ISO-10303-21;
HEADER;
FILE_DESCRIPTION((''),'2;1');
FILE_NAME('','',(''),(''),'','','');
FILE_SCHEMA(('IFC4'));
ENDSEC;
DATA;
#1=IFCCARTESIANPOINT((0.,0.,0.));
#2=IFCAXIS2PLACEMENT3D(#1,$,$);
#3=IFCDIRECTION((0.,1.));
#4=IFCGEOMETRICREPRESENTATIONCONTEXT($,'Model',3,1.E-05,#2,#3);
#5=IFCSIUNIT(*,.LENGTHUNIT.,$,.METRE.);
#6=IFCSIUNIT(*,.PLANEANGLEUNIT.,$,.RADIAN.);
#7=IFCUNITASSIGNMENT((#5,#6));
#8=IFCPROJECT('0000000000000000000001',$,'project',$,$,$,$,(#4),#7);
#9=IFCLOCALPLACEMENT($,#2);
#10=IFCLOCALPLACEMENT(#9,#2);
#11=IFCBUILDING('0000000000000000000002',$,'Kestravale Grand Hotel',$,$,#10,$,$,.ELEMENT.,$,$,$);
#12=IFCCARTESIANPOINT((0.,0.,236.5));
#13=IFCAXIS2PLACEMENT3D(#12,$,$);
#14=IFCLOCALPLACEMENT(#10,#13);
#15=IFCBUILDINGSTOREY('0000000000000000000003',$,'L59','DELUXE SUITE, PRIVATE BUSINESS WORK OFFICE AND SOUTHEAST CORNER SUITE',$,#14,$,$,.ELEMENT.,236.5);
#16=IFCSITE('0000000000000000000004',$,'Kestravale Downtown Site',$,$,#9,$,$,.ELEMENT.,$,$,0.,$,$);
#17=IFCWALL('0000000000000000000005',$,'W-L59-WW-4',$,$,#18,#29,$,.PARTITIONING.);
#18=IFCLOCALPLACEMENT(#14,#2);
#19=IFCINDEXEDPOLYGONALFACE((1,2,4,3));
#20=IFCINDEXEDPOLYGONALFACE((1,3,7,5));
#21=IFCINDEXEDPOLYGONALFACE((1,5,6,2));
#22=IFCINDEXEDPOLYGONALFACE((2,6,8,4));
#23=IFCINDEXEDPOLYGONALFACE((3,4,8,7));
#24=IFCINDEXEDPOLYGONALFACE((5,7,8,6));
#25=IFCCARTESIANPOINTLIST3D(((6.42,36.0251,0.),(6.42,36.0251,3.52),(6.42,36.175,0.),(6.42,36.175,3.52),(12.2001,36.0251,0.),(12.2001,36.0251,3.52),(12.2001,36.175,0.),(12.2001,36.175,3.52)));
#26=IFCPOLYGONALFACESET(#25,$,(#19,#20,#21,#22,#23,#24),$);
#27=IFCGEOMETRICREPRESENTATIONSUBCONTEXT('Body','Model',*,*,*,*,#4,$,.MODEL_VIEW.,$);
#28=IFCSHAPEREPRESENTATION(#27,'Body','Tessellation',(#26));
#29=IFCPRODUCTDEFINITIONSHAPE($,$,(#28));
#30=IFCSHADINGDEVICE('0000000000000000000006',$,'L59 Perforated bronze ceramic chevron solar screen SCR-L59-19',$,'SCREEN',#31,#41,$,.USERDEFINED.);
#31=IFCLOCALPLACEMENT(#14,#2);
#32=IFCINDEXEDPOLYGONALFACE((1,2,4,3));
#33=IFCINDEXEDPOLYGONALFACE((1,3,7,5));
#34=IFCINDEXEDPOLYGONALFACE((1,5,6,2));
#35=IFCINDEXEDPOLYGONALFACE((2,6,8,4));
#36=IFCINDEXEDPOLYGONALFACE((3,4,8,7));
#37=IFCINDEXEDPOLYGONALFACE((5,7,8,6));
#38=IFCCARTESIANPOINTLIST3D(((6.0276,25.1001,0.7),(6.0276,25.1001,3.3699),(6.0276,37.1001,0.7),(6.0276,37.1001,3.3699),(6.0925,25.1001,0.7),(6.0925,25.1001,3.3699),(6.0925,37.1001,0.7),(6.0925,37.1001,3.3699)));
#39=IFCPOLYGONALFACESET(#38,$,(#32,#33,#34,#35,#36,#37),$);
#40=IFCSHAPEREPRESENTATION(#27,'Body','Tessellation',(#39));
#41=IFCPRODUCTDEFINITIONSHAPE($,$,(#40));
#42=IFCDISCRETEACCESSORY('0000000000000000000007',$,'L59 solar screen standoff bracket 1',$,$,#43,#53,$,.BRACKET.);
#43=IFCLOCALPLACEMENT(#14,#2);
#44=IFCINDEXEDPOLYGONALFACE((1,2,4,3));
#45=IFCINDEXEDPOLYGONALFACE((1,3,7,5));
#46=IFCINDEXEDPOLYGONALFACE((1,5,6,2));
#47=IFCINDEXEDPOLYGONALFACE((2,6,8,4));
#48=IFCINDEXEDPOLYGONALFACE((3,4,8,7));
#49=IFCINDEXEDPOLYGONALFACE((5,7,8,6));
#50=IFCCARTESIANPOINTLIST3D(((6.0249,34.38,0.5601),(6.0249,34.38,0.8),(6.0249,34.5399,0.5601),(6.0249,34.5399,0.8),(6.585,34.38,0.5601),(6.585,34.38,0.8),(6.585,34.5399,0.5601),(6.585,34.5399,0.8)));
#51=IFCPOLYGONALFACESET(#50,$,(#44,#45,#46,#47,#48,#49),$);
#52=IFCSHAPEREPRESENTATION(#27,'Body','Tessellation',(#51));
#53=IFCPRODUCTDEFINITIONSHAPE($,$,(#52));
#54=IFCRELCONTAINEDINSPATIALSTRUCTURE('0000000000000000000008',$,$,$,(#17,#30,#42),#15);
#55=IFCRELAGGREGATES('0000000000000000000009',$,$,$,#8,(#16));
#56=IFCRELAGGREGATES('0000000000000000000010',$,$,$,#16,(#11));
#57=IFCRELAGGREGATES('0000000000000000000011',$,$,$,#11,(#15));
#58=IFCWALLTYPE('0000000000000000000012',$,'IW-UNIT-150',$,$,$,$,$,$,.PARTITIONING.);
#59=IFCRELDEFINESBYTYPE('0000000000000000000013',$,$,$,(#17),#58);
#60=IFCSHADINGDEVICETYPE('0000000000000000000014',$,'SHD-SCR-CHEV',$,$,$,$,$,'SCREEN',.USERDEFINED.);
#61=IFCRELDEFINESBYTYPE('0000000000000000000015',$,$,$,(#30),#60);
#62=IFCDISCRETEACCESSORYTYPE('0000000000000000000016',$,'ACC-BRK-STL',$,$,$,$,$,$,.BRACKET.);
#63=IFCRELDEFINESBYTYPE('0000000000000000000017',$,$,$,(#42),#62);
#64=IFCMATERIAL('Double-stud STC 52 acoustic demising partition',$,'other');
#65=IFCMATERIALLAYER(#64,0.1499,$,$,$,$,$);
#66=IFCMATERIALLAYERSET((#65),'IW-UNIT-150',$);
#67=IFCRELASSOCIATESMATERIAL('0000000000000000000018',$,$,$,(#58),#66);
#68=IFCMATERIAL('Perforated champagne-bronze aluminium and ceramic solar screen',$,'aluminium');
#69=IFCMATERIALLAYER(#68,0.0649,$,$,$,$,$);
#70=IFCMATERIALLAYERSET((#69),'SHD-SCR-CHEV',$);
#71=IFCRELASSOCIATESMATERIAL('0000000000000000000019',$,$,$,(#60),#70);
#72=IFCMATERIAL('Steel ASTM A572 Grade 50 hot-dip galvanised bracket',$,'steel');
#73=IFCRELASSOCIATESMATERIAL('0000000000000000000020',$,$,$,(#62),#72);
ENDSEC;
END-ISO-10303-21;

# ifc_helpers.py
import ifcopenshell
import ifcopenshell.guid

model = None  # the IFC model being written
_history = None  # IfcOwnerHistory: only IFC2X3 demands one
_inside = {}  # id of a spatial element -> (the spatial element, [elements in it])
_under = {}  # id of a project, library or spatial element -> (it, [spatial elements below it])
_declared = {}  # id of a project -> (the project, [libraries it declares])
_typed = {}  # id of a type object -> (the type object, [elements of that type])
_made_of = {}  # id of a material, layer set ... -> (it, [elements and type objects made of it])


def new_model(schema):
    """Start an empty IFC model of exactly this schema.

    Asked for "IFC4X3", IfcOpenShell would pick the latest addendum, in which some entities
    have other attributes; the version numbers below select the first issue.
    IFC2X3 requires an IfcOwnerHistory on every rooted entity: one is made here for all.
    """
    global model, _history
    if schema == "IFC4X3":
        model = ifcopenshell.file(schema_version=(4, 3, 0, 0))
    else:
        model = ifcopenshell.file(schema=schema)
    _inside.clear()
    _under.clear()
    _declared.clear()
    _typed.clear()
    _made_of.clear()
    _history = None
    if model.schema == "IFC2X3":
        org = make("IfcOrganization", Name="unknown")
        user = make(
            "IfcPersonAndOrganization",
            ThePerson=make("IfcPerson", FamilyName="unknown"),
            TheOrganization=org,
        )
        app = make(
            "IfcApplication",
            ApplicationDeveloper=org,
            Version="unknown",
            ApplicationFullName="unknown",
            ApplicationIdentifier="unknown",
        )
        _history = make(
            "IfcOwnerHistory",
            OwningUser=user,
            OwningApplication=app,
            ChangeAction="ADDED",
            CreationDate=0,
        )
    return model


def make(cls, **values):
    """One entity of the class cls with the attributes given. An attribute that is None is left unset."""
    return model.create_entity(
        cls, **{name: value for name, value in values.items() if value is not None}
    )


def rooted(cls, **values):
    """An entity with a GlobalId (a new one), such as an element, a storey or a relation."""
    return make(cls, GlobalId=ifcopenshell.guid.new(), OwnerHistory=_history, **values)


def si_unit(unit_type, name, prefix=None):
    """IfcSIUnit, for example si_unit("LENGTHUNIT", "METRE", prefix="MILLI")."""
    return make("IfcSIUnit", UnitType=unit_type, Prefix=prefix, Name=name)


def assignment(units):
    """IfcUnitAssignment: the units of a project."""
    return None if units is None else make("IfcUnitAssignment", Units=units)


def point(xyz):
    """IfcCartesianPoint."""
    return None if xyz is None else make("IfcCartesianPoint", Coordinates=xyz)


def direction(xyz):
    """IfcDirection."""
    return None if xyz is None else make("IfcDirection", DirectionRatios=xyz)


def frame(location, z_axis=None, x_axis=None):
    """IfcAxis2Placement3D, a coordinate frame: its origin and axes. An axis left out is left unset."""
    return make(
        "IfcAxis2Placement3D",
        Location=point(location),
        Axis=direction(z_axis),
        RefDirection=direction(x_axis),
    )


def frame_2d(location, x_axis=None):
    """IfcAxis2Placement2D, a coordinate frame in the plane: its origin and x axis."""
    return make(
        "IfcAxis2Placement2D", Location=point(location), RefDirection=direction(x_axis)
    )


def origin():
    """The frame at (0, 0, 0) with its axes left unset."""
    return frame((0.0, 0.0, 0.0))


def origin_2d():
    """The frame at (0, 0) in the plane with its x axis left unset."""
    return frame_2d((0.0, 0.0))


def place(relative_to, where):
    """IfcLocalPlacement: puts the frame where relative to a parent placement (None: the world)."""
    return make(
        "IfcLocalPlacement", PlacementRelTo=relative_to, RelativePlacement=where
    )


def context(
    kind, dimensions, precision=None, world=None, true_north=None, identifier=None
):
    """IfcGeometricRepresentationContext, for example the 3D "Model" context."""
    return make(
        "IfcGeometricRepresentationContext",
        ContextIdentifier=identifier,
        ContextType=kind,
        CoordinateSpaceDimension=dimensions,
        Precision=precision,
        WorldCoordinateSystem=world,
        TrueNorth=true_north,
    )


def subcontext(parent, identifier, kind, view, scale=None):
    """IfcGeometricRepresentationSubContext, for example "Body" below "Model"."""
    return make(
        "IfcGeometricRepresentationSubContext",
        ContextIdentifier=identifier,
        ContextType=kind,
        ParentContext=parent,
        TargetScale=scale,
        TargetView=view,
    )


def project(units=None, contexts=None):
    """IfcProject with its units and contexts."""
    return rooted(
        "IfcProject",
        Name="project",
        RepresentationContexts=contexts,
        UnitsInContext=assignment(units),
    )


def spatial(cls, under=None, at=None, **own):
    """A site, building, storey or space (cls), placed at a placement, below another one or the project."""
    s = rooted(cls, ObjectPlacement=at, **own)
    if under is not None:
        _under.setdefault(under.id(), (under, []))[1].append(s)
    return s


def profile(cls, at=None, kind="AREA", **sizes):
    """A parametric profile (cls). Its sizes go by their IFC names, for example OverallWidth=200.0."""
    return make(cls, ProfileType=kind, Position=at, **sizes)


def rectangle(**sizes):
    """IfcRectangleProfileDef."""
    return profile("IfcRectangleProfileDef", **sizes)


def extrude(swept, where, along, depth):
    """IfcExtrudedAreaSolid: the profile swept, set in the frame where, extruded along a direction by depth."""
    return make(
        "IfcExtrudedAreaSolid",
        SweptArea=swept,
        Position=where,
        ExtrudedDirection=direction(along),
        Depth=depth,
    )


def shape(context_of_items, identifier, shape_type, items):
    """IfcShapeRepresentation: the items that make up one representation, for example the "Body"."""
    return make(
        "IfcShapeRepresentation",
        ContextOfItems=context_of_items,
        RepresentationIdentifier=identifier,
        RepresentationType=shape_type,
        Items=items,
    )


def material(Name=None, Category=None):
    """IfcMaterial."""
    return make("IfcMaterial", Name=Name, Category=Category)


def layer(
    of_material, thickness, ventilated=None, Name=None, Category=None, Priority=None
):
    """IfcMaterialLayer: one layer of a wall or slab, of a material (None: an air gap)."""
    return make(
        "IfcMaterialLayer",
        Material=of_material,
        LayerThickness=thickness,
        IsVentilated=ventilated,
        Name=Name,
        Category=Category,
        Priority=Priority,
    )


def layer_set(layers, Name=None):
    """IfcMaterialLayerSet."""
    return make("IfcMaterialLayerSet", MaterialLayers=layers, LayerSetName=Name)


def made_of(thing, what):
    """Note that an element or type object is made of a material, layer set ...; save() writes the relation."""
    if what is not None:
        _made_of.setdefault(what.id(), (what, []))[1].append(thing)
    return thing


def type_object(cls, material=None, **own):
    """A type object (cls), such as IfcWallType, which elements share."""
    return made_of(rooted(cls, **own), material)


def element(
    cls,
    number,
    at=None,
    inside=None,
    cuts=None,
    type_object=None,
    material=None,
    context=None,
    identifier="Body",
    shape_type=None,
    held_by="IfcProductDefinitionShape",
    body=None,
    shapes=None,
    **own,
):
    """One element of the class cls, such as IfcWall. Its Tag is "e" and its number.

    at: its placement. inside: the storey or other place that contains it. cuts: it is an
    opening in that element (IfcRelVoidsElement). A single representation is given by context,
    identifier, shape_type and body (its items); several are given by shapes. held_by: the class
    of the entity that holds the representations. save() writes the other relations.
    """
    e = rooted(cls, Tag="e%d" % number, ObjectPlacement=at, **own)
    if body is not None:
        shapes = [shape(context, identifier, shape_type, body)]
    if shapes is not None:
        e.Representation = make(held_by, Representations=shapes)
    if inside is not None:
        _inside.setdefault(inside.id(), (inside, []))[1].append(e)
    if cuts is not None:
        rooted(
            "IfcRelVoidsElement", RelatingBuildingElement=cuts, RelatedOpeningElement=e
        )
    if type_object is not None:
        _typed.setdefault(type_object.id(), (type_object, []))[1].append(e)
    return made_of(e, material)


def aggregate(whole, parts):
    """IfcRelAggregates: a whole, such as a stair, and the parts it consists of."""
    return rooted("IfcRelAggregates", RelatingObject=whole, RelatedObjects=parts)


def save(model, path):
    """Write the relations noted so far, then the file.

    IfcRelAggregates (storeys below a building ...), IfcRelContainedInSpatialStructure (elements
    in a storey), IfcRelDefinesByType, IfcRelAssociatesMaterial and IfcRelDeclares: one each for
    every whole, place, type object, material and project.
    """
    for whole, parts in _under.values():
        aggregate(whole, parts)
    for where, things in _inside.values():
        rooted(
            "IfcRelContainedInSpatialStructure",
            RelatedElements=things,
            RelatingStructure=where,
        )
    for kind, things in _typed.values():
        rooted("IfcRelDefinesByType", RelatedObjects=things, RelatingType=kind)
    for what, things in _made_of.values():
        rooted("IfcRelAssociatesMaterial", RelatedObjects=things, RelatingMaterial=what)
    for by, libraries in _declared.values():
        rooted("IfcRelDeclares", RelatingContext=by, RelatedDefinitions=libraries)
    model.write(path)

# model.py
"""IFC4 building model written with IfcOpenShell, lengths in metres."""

from ifc_helpers import new_model, si_unit, direction, frame, frame_2d, origin, origin_2d, place, context, subcontext, project, spatial, rectangle, extrude, material, layer, layer_set, type_object, element, save


model = new_model("IFC4")

# Units and contexts
model_context = context("Model", 3, precision=1e-05, world=origin(), true_north=direction((0.0, 1.0)))
body_context = subcontext(model_context, "Body", "Model", "MODEL_VIEW")
ifc_project = project(units=[si_unit("LENGTHUNIT", "METRE"), si_unit("PLANEANGLEUNIT", "RADIAN")], contexts=[model_context])

# Site, building, storey
site_placement = place(None, origin())
site = spatial("IfcSite", under=ifc_project, at=site_placement, Name="Kestravale Downtown Site", CompositionType="ELEMENT", RefElevation=0.0)
building_placement = place(site_placement, origin())
building = spatial("IfcBuilding", under=site, at=building_placement, Name="Kestravale Grand Hotel", CompositionType="ELEMENT")
storey_placement = place(building_placement, frame((0.0, 0.0, 236.5)))
storey = spatial("IfcBuildingStorey", under=building, at=storey_placement, Name="L59", Description="DELUXE SUITE, PRIVATE BUSINESS WORK OFFICE AND SOUTHEAST CORNER SUITE", CompositionType="ELEMENT", Elevation=236.5)

# Wall
ifc_material_1 = material(Name="Double-stud STC 52 acoustic demising partition", Category="other")
ifc_layer_1 = layer(ifc_material_1, 0.1499)
ifc_layer_set_1 = layer_set([ifc_layer_1], Name="IW-UNIT-150")
wall_type_1 = type_object("IfcWallType", Name="IW-UNIT-150", PredefinedType="PARTITIONING", material=ifc_layer_set_1)
wall_1_placement = place(storey_placement, frame((6.4199, 36.1001, 0.0), z_axis=(0.0, 0.0, 1.0), x_axis=(1.0, 0.0, 0.0)))
element("IfcWall", 1, at=wall_1_placement, inside=storey, type_object=wall_type_1, Name="W-L59-WW-4", PredefinedType="PARTITIONING", context=body_context, shape_type="SweptSolid", body=[
    extrude(rectangle(XDim=5.78, YDim=0.1499, at=frame_2d((2.8901, 0.0))), origin(), (0.0, 0.0, 1.0), 3.52),
])

# Shading device
ifc_material_2 = material(Name="Perforated champagne-bronze aluminium and ceramic solar screen", Category="aluminium")
ifc_layer_2 = layer(ifc_material_2, 0.0649)
ifc_layer_set_2 = layer_set([ifc_layer_2], Name="SHD-SCR-CHEV")
shading_device_type = type_object("IfcShadingDeviceType", Name="SHD-SCR-CHEV", ElementType="SCREEN", PredefinedType="USERDEFINED", material=ifc_layer_set_2)
shading_device_placement = place(storey_placement, frame((6.0601, 31.1001, 0.7), z_axis=(0.0, 0.0, 1.0), x_axis=(0.0, -1.0, 0.0)))
element("IfcShadingDevice", 2, at=shading_device_placement, inside=storey, type_object=shading_device_type, Name="L59 Perforated bronze ceramic chevron solar screen SCR-L59-19", ObjectType="SCREEN", PredefinedType="USERDEFINED", context=body_context, shape_type="SweptSolid", body=[
    extrude(rectangle(XDim=12.0, YDim=0.0649, at=origin_2d()), origin(), (0.0, 0.0, 1.0), 2.6699),
])

# Discrete accessory
ifc_material_3 = material(Name="Steel ASTM A572 Grade 50 hot-dip galvanised bracket", Category="steel")
discrete_accessory_type = type_object("IfcDiscreteAccessoryType", Name="ACC-BRK-STL", PredefinedType="BRACKET", material=ifc_material_3)
discrete_accessory_placement = place(storey_placement, frame((6.3049, 34.46, 0.5601), z_axis=(0.0, 0.0, 1.0), x_axis=(0.0, -1.0, 0.0)))
element("IfcDiscreteAccessory", 3, at=discrete_accessory_placement, inside=storey, type_object=discrete_accessory_type, Name="L59 solar screen standoff bracket 1", PredefinedType="BRACKET", context=body_context, shape_type="SweptSolid", body=[
    extrude(rectangle(XDim=0.1599, YDim=0.5601, at=origin_2d()), origin(), (0.0, 0.0, 1.0), 0.24),
])

save(model, "model.ifc")
